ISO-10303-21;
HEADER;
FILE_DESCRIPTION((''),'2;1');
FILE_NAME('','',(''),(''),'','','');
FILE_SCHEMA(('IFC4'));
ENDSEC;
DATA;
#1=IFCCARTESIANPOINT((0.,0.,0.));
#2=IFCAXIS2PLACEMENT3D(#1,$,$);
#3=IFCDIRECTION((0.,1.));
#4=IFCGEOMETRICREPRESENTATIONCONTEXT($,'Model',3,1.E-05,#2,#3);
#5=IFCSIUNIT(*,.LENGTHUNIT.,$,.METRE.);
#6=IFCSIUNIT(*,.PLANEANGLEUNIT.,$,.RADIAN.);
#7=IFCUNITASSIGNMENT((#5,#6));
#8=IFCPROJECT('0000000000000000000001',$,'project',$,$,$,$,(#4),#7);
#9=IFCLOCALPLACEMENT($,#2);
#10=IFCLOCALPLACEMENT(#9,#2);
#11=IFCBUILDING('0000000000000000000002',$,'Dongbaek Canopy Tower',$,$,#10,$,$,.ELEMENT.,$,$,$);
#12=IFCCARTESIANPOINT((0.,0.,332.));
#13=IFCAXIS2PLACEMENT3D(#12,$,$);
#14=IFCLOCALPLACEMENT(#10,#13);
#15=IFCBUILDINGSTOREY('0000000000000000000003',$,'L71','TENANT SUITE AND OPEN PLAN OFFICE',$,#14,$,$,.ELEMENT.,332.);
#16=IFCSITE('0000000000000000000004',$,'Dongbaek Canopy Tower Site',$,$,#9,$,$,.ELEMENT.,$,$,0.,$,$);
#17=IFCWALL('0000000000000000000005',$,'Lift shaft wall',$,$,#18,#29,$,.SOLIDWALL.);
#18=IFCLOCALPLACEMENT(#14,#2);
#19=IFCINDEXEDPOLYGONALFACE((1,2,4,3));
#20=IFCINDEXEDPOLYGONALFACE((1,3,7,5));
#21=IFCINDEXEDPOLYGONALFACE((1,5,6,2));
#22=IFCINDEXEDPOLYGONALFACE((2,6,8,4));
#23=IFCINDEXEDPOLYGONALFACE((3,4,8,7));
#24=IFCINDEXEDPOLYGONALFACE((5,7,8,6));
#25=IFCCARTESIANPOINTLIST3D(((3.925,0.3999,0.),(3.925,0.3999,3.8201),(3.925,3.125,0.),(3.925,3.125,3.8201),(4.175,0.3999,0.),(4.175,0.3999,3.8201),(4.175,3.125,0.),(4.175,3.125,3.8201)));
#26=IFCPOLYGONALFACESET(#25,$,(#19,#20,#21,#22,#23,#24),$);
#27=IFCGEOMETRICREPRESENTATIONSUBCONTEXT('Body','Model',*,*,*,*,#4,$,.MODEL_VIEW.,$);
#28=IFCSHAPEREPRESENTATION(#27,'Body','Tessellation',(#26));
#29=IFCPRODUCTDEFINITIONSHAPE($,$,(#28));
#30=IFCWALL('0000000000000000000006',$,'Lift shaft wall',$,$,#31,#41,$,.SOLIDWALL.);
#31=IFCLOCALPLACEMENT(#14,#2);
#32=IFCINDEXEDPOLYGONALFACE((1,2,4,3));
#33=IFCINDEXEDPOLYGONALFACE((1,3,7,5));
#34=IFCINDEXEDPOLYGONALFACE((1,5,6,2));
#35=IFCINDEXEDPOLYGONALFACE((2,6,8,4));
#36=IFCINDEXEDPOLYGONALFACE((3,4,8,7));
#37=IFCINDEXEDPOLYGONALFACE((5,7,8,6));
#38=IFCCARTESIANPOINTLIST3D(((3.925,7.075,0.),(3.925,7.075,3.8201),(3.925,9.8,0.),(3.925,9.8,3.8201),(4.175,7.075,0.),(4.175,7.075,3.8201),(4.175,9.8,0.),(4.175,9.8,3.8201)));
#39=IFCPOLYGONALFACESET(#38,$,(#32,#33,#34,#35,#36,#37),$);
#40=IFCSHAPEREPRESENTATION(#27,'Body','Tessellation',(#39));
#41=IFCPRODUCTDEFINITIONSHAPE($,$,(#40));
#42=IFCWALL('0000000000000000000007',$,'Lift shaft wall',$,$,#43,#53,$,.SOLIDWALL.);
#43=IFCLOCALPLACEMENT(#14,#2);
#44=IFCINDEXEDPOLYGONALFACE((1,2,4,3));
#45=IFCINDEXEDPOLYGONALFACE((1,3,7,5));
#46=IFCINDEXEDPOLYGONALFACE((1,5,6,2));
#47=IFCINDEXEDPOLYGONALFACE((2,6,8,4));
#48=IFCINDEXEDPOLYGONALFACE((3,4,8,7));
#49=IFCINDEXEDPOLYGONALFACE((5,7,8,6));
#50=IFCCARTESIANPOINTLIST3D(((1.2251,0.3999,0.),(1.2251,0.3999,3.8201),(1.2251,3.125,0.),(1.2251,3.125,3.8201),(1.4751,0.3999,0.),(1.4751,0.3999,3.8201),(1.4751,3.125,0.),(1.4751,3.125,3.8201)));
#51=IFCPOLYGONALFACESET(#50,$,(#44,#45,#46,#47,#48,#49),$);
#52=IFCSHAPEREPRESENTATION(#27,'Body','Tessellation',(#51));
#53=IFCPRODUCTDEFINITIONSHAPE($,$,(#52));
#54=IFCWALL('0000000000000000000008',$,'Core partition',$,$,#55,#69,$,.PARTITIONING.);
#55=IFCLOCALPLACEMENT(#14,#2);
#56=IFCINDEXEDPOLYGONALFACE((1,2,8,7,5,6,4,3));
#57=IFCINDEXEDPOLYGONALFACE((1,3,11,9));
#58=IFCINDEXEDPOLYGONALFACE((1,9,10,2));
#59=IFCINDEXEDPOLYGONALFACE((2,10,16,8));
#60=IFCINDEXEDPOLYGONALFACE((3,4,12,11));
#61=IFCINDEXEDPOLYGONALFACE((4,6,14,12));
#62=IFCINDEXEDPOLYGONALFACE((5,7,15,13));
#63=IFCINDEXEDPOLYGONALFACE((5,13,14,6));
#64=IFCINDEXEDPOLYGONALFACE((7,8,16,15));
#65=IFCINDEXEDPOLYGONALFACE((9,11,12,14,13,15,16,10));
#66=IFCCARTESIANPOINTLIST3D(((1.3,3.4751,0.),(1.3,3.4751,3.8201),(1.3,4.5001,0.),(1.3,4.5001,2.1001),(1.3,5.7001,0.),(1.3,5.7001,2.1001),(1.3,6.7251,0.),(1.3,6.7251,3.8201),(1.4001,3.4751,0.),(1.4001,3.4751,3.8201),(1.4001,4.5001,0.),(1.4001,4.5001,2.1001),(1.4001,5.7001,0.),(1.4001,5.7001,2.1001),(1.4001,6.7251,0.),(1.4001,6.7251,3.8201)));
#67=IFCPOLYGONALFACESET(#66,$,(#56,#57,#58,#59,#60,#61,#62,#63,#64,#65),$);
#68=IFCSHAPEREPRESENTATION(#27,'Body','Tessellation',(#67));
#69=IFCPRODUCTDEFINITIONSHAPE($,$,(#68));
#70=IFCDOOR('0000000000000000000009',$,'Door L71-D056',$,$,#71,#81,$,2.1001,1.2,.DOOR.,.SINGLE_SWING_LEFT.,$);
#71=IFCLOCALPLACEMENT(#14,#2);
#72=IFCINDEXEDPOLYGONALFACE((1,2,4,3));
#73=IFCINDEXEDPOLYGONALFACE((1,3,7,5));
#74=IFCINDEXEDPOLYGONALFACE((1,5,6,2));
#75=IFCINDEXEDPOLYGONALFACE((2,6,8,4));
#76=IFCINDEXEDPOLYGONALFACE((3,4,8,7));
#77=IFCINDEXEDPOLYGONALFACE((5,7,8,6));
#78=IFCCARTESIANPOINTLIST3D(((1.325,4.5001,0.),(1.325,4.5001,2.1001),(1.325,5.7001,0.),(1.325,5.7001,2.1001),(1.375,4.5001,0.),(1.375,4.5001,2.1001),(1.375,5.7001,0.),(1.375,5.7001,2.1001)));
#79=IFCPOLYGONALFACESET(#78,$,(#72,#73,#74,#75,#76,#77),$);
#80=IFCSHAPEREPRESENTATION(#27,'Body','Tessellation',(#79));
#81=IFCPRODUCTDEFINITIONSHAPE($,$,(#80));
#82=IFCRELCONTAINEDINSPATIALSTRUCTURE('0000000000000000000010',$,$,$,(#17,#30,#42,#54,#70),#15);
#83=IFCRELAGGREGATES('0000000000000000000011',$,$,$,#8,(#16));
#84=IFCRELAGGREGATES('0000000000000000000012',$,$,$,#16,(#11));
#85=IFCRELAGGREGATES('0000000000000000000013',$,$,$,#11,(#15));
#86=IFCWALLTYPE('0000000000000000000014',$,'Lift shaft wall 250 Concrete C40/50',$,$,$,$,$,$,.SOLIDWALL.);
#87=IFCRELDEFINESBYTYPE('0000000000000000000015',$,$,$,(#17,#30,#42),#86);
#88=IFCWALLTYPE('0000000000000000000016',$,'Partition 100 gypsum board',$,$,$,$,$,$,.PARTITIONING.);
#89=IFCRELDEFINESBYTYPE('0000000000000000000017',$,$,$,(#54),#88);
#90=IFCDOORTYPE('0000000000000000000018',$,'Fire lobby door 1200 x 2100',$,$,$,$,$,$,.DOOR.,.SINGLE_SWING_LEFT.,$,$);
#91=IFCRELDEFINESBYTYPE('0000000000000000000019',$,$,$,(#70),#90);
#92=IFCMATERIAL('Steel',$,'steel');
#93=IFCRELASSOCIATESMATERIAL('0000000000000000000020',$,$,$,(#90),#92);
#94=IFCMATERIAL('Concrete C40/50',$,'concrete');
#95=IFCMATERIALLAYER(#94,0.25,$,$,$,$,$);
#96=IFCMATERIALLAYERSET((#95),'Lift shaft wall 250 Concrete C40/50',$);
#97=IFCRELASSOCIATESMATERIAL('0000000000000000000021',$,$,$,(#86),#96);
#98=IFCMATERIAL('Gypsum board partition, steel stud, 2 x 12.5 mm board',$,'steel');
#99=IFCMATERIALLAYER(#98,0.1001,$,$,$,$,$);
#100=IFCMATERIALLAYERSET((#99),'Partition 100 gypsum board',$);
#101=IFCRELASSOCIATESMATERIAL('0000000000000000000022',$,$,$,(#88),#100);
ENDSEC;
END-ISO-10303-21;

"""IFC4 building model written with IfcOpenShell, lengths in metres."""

from ifc_helpers import new_model, si_unit, direction, frame, frame_2d, origin, place, context, subcontext, project, spatial, rectangle, extrude, material, layer, layer_set, type_object, element, fill, save


model = new_model("IFC4")

# Units and contexts
model_context = context("Model", 3, precision=1e-05, world=origin(), true_north=direction((0.0, 1.0)))
body_context = subcontext(model_context, "Body", "Model", "MODEL_VIEW")
ifc_project = project(units=[si_unit("LENGTHUNIT", "METRE"), si_unit("PLANEANGLEUNIT", "RADIAN")], contexts=[model_context])

# Site, building, storey
site_placement = place(None, origin())
site = spatial("IfcSite", under=ifc_project, at=site_placement, Name="Dongbaek Canopy Tower Site", CompositionType="ELEMENT", RefElevation=0.0)
building_placement = place(site_placement, origin())
building = spatial("IfcBuilding", under=site, at=building_placement, Name="Dongbaek Canopy Tower", CompositionType="ELEMENT")
storey_placement = place(building_placement, frame((0.0, 0.0, 332.0)))
storey = spatial("IfcBuildingStorey", under=building, at=storey_placement, Name="L71", Description="TENANT SUITE AND OPEN PLAN OFFICE", CompositionType="ELEMENT", Elevation=332.0)

# Shared definitions
ifc_material_1 = material(Name="Steel", Category="steel")
door_type = type_object("IfcDoorType", Name="Fire lobby door 1200 x 2100", OperationType="SINGLE_SWING_LEFT", PredefinedType="DOOR", material=ifc_material_1)

# Walls
ifc_material_2 = material(Name="Concrete C40/50", Category="concrete")
ifc_layer_1 = layer(ifc_material_2, 0.25)
ifc_layer_set_1 = layer_set([ifc_layer_1], Name="Lift shaft wall 250 Concrete C40/50")
wall_type_1 = type_object("IfcWallType", Name="Lift shaft wall 250 Concrete C40/50", PredefinedType="SOLIDWALL", material=ifc_layer_set_1)
for number, where, z_axis, x_axis, name in (
    (1, (4.05, 0.3999, 0.0), (0.0, 0.0, 1.0), (0.0, 1.0, 0.0), "Lift shaft wall"),
    (2, (4.05, 7.075, 0.0), (0.0, 0.0, 1.0), (0.0, 1.0, 0.0), "Lift shaft wall"),
    (3, (1.3501, 0.3999, 0.0), (0.0, 0.0, 1.0), (0.0, 1.0, 0.0), "Lift shaft wall"),
):
    element("IfcWall", number, at=place(storey_placement, frame(where, z_axis=z_axis, x_axis=x_axis)), inside=storey, type_object=wall_type_1, Name=name, PredefinedType="SOLIDWALL", context=body_context, shape_type="SweptSolid", body=[
        extrude(rectangle(XDim=2.7251, YDim=0.25, at=frame_2d((1.3625, 0.0))), origin(), (0.0, 0.0, 1.0), 3.8201),
    ])

# Wall, opening, door
ifc_material_3 = material(Name="Gypsum board partition, steel stud, 2 x 12.5 mm board", Category="steel")
ifc_layer_2 = layer(ifc_material_3, 0.1001)
ifc_layer_set_2 = layer_set([ifc_layer_2], Name="Partition 100 gypsum board")
wall_type_2 = type_object("IfcWallType", Name="Partition 100 gypsum board", PredefinedType="PARTITIONING", material=ifc_layer_set_2)
wall_1_placement = place(storey_placement, frame((1.3501, 6.7251, 0.0), z_axis=(0.0, 0.0, 1.0), x_axis=(0.0, -1.0, 0.0)))
wall_1 = element("IfcWall", 4, at=wall_1_placement, inside=storey, type_object=wall_type_2, Name="Core partition", PredefinedType="PARTITIONING", context=body_context, shape_type="SweptSolid", body=[
    extrude(rectangle(XDim=3.25, YDim=0.1001, at=frame_2d((1.625, 0.0))), origin(), (0.0, 0.0, 1.0), 3.8201),
])
opening_1_placement = place(wall_1_placement, frame((1.0249, 0.0, 0.0)))
opening_1 = element("IfcOpeningElement", 5, at=opening_1_placement, cuts=wall_1, PredefinedType="OPENING", context=body_context, shape_type="SweptSolid", body=[
    extrude(rectangle(XDim=1.2, YDim=2.1001, at=frame_2d((0.6001, 1.05))), frame((0.0, 0.0601, 0.0), z_axis=(0.0, -1.0, 0.0), x_axis=(1.0, 0.0, 0.0)), (0.0, 0.0, 1.0), 0.1201),
])
door_1_placement = place(opening_1_placement, origin())
door_1 = element("IfcDoor", 6, at=door_1_placement, inside=storey, type_object=door_type, Name="Door L71-D056", OperationType="SINGLE_SWING_LEFT", OverallHeight=2.1001, OverallWidth=1.2, PredefinedType="DOOR", context=body_context, shape_type="SweptSolid", body=[
    extrude(rectangle(XDim=1.2, YDim=2.1001, at=frame_2d((0.6001, 1.05))), frame((0.0, 0.0249, 0.0), z_axis=(0.0, -1.0, 0.0), x_axis=(1.0, 0.0, 0.0)), (0.0, 0.0, 1.0), 0.05),
])
fill(opening_1, door_1)

save(model, "model.ifc")
